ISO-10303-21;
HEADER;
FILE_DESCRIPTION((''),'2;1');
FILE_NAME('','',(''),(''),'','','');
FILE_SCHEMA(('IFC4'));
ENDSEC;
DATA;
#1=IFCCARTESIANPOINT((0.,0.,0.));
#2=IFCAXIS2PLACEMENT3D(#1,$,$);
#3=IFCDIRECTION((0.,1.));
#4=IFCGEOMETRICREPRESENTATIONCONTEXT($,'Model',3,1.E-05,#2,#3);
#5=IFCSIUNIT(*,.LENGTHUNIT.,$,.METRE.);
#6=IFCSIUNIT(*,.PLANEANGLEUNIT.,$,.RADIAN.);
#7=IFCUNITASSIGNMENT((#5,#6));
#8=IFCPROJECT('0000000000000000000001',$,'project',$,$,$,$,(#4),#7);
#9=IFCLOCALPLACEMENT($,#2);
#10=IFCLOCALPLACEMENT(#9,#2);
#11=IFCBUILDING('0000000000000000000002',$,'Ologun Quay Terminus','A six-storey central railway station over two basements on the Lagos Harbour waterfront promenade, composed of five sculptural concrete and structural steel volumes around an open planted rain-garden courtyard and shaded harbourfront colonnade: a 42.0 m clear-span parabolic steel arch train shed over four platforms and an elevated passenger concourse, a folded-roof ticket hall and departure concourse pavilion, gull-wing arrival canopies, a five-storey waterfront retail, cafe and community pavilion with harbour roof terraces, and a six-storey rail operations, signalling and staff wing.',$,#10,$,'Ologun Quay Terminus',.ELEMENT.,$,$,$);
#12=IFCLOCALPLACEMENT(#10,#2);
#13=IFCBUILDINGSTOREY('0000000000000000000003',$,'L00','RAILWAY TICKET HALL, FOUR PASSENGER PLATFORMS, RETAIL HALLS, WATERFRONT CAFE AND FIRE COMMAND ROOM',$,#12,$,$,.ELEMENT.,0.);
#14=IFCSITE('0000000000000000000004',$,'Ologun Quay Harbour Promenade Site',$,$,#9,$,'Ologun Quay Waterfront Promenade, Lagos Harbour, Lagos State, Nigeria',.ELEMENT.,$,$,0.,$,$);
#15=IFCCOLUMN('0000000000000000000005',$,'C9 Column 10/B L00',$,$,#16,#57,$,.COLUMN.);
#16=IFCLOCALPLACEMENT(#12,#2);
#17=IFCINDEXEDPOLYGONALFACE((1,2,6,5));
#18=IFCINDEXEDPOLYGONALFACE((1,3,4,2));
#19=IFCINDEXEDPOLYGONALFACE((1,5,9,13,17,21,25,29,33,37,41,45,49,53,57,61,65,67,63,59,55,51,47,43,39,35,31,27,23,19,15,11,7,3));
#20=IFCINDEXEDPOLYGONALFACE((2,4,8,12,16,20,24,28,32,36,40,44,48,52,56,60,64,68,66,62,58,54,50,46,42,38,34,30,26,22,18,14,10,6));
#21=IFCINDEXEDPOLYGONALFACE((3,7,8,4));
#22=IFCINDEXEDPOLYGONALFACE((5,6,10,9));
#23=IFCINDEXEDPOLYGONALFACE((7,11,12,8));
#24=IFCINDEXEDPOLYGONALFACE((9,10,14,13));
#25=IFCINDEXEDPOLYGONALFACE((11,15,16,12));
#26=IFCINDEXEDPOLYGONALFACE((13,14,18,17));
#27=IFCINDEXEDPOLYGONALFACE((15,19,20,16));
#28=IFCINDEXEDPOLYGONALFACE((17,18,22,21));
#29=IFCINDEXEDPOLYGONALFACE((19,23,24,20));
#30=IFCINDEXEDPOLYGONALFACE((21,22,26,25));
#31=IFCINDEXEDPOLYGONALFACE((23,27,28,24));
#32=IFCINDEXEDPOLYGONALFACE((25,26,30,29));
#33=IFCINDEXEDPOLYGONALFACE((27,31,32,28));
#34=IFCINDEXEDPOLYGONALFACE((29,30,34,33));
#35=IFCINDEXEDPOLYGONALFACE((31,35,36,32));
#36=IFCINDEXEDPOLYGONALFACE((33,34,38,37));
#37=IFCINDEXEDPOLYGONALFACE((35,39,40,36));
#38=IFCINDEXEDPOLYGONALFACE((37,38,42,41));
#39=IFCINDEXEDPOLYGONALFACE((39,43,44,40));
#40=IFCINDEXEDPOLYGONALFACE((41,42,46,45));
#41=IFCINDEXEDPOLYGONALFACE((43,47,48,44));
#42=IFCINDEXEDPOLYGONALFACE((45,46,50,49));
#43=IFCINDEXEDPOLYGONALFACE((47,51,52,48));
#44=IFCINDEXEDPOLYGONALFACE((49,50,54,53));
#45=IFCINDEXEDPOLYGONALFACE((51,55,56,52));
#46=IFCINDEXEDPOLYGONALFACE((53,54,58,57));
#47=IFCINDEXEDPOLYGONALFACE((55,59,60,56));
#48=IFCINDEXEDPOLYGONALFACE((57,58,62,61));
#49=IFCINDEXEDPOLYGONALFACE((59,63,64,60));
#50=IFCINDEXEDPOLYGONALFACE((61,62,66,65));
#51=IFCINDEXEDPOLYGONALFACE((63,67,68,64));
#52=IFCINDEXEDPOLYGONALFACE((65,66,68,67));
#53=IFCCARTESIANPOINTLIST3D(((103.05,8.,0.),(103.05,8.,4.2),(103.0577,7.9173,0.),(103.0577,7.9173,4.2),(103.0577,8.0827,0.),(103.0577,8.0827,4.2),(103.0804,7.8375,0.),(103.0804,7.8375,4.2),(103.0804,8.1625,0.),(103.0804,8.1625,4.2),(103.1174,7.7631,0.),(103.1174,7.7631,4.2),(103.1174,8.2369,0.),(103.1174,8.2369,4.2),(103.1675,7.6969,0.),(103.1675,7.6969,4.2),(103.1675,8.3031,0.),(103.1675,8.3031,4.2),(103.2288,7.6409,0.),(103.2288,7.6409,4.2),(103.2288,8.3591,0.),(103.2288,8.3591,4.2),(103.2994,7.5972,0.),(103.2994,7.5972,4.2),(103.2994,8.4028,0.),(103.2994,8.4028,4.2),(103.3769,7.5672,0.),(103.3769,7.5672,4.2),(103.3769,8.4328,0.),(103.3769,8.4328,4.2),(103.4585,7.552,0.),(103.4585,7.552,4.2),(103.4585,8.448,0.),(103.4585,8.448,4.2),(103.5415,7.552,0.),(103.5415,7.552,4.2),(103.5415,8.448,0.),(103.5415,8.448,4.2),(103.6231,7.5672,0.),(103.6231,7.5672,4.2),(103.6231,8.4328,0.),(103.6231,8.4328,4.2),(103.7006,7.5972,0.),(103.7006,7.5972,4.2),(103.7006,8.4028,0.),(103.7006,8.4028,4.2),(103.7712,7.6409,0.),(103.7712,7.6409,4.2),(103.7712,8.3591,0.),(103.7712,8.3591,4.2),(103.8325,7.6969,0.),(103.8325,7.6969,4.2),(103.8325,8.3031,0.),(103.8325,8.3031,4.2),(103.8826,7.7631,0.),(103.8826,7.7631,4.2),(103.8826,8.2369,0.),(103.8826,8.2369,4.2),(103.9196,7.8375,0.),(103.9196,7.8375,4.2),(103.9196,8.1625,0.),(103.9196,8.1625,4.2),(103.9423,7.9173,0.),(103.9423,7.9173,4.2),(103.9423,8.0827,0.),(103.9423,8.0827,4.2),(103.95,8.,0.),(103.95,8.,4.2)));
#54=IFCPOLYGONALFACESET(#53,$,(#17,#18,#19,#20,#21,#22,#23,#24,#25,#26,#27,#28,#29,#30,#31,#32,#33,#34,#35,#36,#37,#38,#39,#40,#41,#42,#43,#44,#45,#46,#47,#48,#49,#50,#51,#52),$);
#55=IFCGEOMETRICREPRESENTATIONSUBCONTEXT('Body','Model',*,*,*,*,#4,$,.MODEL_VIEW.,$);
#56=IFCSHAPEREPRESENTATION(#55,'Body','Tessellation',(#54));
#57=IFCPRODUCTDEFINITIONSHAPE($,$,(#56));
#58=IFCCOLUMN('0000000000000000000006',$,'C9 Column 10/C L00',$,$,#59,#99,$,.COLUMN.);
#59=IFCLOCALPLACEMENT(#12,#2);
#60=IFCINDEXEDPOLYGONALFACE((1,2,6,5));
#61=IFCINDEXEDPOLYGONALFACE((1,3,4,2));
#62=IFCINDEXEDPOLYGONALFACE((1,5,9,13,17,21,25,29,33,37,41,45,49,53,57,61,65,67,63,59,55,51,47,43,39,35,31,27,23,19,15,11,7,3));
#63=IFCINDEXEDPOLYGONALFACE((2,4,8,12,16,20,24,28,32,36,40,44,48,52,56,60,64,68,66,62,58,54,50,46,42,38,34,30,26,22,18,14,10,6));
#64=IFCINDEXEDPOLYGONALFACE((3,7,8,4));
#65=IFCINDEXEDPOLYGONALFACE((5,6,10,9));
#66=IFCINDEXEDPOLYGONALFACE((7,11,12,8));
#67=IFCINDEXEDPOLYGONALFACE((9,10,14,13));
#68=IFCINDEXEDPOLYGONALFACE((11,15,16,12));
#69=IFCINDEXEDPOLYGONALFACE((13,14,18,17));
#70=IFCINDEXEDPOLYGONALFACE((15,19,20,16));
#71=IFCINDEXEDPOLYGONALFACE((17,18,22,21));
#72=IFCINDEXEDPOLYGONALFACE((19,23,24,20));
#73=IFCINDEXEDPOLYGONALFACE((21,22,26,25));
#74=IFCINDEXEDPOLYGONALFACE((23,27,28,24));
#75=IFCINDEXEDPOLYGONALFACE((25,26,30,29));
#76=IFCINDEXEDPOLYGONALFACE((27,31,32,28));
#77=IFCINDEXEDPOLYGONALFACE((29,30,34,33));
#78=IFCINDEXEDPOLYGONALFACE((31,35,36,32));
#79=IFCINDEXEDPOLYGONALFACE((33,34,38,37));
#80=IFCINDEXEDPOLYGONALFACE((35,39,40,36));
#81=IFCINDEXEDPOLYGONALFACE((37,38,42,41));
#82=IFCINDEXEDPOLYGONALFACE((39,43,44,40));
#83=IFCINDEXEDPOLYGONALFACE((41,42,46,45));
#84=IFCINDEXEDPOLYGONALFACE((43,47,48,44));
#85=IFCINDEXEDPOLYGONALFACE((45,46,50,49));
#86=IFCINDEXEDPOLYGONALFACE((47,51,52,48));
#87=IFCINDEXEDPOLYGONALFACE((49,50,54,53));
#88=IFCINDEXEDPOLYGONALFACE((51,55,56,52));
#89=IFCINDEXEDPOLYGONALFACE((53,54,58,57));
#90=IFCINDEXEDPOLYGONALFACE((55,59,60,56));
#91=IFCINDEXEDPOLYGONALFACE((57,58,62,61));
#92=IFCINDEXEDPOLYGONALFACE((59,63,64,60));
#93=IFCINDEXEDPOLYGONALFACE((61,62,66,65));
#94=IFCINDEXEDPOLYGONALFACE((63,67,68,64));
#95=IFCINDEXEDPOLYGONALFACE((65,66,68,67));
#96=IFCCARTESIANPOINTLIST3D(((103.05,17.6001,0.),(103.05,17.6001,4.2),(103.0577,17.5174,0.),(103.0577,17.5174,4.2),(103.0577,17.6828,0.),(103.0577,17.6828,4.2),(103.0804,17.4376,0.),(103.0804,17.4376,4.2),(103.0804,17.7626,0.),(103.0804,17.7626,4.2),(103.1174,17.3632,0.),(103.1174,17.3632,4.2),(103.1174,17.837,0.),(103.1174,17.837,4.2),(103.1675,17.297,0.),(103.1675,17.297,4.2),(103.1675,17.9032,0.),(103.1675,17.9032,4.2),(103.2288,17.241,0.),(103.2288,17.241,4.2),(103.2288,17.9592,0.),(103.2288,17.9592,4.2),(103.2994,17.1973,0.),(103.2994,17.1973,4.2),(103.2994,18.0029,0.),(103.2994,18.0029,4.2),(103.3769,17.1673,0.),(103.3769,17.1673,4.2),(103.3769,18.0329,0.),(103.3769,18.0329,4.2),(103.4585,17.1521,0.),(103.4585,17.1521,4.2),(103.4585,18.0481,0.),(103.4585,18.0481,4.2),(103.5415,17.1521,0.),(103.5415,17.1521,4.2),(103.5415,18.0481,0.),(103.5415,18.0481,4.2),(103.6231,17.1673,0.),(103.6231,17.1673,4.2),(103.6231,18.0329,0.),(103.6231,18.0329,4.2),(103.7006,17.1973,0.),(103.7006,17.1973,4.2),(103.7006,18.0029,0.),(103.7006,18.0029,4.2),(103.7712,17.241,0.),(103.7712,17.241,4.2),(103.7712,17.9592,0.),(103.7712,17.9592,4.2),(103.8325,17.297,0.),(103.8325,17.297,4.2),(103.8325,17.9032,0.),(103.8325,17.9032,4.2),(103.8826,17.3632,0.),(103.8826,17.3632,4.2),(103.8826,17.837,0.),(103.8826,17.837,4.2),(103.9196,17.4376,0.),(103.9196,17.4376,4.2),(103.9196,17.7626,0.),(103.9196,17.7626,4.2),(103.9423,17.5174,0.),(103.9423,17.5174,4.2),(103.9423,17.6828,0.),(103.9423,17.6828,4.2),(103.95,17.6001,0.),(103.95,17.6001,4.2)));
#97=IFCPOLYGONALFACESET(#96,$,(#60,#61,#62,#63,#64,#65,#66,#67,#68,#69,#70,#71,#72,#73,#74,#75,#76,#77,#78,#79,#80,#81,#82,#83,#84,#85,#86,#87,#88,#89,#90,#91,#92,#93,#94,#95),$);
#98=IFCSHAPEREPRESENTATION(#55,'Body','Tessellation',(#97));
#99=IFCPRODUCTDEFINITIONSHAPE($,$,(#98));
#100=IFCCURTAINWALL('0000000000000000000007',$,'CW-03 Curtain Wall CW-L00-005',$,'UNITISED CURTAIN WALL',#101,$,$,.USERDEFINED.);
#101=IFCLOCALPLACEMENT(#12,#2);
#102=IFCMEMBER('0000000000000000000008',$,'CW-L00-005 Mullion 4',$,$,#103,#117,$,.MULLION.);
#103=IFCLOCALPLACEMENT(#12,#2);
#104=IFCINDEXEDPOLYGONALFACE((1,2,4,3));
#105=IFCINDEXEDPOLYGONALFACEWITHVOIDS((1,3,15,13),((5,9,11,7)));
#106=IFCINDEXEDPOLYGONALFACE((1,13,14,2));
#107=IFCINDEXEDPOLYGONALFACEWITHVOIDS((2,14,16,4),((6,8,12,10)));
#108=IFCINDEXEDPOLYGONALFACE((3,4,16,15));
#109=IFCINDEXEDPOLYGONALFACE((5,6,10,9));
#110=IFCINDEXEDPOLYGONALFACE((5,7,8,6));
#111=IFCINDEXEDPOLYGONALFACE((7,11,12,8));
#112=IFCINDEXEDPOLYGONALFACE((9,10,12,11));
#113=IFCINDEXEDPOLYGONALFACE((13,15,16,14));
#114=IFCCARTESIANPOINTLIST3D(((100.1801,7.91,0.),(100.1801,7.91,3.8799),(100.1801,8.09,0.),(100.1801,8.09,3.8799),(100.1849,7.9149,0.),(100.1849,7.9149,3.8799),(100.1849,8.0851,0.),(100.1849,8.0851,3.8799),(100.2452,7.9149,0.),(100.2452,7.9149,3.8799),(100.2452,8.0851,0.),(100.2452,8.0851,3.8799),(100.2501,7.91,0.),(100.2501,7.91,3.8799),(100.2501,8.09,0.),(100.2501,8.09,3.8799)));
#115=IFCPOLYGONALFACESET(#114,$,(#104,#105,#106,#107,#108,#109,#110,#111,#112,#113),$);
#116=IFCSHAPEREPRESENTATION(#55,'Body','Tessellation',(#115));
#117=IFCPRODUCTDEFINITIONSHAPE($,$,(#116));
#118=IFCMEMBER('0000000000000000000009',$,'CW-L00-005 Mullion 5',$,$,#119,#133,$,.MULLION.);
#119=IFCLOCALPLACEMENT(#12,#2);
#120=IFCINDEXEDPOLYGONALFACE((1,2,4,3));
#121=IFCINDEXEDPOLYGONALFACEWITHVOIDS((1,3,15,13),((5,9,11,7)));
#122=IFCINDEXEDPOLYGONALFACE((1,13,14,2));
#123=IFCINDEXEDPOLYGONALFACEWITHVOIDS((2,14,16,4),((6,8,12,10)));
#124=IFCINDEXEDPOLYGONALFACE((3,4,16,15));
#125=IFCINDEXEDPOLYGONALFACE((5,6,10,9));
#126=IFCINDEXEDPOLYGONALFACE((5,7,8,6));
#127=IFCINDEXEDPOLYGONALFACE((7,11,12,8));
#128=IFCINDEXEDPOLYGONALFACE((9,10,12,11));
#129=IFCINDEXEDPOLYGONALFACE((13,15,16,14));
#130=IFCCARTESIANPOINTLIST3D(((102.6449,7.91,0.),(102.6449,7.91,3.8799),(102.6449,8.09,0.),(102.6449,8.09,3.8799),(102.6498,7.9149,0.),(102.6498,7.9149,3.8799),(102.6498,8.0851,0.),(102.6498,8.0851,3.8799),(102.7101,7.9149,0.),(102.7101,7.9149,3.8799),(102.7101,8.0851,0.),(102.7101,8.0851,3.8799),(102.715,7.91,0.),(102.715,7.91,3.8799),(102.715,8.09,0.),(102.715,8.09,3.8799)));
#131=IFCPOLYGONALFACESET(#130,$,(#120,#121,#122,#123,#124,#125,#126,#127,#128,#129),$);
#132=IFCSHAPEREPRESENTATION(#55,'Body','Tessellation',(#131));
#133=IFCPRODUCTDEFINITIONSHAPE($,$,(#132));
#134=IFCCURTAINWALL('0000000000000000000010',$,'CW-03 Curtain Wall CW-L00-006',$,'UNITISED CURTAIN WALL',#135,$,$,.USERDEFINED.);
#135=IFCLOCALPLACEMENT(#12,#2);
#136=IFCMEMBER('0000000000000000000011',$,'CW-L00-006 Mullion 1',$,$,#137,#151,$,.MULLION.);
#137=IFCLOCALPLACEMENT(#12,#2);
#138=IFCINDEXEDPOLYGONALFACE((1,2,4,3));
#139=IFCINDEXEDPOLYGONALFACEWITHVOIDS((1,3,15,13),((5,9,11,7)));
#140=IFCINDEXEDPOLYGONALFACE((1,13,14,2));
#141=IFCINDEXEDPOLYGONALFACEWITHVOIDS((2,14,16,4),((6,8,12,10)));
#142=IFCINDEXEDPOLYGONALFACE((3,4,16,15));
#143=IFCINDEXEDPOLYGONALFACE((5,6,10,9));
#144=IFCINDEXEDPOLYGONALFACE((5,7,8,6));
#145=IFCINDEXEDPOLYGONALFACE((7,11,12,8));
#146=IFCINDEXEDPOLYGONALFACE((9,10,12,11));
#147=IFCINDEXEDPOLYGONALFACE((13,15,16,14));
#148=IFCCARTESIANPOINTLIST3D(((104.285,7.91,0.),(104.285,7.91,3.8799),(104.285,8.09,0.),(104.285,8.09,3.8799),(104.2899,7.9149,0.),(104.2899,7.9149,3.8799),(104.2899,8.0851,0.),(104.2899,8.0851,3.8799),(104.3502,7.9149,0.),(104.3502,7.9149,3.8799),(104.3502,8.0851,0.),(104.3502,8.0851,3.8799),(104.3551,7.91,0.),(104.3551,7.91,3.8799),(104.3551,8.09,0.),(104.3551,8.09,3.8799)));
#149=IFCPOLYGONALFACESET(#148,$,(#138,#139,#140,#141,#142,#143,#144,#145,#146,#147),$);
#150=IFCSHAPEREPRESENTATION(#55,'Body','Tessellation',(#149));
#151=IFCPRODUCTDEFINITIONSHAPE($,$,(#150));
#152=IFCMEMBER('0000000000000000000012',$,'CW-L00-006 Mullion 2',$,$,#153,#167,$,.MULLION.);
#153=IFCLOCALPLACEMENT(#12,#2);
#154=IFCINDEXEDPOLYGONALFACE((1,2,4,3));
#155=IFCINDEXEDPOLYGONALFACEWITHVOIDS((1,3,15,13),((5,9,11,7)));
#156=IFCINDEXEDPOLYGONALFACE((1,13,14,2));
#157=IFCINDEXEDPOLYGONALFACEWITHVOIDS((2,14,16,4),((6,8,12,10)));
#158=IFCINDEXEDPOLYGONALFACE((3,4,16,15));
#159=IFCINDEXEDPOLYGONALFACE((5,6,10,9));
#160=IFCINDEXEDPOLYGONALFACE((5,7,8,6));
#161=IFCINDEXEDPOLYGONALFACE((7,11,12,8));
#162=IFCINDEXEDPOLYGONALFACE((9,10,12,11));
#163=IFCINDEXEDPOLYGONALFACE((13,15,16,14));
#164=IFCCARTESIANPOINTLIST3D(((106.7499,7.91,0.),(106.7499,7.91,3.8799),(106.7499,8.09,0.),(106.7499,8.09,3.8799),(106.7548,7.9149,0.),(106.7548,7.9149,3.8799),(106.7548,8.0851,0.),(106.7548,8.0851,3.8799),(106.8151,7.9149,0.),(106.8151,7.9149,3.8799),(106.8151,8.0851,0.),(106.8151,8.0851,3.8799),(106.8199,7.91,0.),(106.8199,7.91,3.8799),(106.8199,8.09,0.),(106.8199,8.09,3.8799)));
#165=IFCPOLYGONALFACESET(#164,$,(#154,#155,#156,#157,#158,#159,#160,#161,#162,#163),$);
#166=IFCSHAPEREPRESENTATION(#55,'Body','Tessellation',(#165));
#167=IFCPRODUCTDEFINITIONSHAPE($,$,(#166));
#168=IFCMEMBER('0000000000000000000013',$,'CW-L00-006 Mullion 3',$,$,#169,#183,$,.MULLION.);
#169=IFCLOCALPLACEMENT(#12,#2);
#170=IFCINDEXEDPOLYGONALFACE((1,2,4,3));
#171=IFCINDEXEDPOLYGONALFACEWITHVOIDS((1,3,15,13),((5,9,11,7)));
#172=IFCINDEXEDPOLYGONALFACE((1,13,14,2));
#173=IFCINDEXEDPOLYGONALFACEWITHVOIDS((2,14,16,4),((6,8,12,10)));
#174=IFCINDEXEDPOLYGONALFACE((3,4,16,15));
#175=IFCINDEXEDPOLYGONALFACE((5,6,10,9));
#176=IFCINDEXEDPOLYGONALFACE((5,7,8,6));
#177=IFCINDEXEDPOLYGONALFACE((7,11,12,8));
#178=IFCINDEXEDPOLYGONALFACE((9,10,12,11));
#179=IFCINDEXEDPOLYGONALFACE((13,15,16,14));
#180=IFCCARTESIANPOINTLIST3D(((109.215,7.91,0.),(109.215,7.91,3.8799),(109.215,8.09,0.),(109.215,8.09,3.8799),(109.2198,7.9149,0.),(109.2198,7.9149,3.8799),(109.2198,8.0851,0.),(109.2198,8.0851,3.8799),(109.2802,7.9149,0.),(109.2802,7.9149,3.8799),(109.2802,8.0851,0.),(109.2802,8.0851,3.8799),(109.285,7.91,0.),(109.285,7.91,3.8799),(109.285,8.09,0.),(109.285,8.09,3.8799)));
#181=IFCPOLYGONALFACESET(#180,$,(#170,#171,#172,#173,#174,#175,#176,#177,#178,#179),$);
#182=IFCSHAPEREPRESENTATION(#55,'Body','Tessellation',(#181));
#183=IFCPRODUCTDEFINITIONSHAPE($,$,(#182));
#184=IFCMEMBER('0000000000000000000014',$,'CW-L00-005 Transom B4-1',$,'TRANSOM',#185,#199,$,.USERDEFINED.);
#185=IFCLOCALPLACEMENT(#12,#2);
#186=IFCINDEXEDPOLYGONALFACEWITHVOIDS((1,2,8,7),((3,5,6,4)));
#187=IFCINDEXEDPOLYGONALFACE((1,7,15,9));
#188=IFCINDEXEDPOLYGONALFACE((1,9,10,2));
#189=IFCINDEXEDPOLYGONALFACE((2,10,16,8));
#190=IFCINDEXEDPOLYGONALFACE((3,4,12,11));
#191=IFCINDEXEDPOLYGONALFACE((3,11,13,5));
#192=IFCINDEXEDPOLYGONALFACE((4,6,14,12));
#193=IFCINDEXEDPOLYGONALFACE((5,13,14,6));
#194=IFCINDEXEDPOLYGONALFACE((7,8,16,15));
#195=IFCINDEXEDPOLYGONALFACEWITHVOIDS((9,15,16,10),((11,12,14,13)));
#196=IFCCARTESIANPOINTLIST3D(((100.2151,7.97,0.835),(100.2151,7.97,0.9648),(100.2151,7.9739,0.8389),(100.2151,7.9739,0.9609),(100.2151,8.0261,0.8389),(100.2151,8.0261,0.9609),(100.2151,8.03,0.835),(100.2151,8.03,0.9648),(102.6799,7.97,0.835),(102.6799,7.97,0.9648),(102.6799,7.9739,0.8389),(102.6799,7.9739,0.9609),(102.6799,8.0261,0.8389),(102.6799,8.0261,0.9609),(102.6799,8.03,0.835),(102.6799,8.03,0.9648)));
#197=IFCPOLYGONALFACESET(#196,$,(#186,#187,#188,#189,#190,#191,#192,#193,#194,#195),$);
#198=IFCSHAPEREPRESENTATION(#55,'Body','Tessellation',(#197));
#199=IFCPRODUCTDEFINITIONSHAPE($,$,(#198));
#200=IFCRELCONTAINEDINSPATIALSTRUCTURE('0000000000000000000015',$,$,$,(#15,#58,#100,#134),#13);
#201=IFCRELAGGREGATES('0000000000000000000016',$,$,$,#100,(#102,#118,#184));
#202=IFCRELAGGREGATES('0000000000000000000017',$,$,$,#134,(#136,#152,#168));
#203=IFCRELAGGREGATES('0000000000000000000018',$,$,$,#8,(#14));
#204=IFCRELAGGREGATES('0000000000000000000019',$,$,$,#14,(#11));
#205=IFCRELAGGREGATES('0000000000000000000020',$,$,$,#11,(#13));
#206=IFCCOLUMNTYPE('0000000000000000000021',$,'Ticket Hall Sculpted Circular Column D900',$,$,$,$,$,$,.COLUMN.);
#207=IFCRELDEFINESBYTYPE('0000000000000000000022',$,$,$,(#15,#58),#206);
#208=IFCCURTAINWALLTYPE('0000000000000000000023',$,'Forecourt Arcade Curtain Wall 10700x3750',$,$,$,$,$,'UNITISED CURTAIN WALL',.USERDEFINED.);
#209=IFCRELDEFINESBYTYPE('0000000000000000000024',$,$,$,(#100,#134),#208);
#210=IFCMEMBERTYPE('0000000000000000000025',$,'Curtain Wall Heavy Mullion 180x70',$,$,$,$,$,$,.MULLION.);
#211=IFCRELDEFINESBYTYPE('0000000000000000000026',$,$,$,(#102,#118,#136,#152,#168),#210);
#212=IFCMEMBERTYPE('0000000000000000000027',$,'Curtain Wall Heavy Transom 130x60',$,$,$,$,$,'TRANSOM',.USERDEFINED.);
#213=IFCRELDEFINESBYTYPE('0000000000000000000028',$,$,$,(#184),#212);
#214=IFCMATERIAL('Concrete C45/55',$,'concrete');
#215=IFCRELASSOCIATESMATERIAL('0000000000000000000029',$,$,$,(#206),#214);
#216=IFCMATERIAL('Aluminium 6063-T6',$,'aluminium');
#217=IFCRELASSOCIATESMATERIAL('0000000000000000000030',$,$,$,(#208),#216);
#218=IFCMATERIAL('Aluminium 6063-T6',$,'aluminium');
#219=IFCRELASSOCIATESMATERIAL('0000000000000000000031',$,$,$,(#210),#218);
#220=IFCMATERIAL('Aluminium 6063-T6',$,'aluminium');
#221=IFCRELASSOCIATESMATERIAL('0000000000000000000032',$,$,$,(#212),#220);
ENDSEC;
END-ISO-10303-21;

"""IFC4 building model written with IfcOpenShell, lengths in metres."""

from ifc_helpers import new_model, si_unit, direction, frame, origin, origin_2d, place, context, subcontext, project, spatial, hollow_rectangle, circle, extrude, material, material_profile, profile_set, type_object, element, aggregate, save


model = new_model("IFC4")

# Units and contexts
model_context = context("Model", 3, precision=1e-05, world=origin(), true_north=direction((0.0, 1.0)))
body_context = subcontext(model_context, "Body", "Model", "MODEL_VIEW")
ifc_project = project(units=[si_unit("LENGTHUNIT", "METRE"), si_unit("PLANEANGLEUNIT", "RADIAN")], contexts=[model_context])

# Site, building, storey
site_placement = place(None, origin())
site = spatial("IfcSite", under=ifc_project, at=site_placement, Name="Ologun Quay Harbour Promenade Site", LongName="Ologun Quay Waterfront Promenade, Lagos Harbour, Lagos State, Nigeria", CompositionType="ELEMENT", RefElevation=0.0)
building_placement = place(site_placement, origin())
building = spatial("IfcBuilding", under=site, at=building_placement, Name="Ologun Quay Terminus", Description="A six-storey central railway station over two basements on the Lagos Harbour waterfront promenade, composed of five sculptural concrete and structural steel volumes around an open planted rain-garden courtyard and shaded harbourfront colonnade: a 42.0 m clear-span parabolic steel arch train shed over four platforms and an elevated passenger concourse, a folded-roof ticket hall and departure concourse pavilion, gull-wing arrival canopies, a five-storey waterfront retail, cafe and community pavilion with harbour roof terraces, and a six-storey rail operations, signalling and staff wing.", LongName="Ologun Quay Terminus", CompositionType="ELEMENT")
storey_placement = place(building_placement, origin())
storey = spatial("IfcBuildingStorey", under=building, at=storey_placement, Name="L00", Description="RAILWAY TICKET HALL, FOUR PASSENGER PLATFORMS, RETAIL HALLS, WATERFRONT CAFE AND FIRE COMMAND ROOM", CompositionType="ELEMENT", Elevation=0.0)

# Columns
ifc_material_1 = material(Name="Concrete C45/55", Category="concrete")
ifc_material_profile_1 = material_profile(ifc_material_1, circle(Radius=0.45, at=origin_2d()), Name="RC D900")
ifc_profile_set_1 = profile_set([ifc_material_profile_1], Name="Concrete C45/55")
column_type = type_object("IfcColumnType", Name="Ticket Hall Sculpted Circular Column D900", PredefinedType="COLUMN", material=ifc_profile_set_1)
for number, where, z_axis, x_axis, name in (
    (1, (103.5, 8.0, 0.0), (0.0, 0.0, 1.0), (1.0, 0.0, 0.0), "C9 Column 10/B L00"),
    (2, (103.5, 17.6001, 0.0), (0.0, 0.0, 1.0), (1.0, 0.0, 0.0), "C9 Column 10/C L00"),
):
    element("IfcColumn", number, at=place(storey_placement, frame(where, z_axis=z_axis, x_axis=x_axis)), inside=storey, type_object=column_type, Name=name, PredefinedType="COLUMN", context=body_context, shape_type="SweptSolid", body=[
        extrude(circle(Radius=0.45, at=origin_2d()), origin(), (0.0, 0.0, 1.0), 4.2),
    ])

# Curtain walls, members
ifc_material_2 = material(Name="Aluminium 6063-T6", Category="aluminium")
curtain_wall_type = type_object("IfcCurtainWallType", Name="Forecourt Arcade Curtain Wall 10700x3750", ElementType="UNITISED CURTAIN WALL", PredefinedType="USERDEFINED", material=ifc_material_2)
curtain_wall_1_placement = place(storey_placement, origin())
curtain_wall_1 = element("IfcCurtainWall", 3, at=curtain_wall_1_placement, inside=storey, type_object=curtain_wall_type, Name="CW-03 Curtain Wall CW-L00-005", ObjectType="UNITISED CURTAIN WALL", PredefinedType="USERDEFINED")
ifc_material_3 = material(Name="Aluminium 6063-T6", Category="aluminium")
ifc_material_profile_2 = material_profile(ifc_material_3, hollow_rectangle(XDim=0.0701, YDim=0.1799, WallThickness=0.0049, at=origin_2d()), Name="ALU 180x70x5")
ifc_profile_set_2 = profile_set([ifc_material_profile_2], Name="Aluminium 6063-T6")
member_type_1 = type_object("IfcMemberType", Name="Curtain Wall Heavy Mullion 180x70", PredefinedType="MULLION", material=ifc_profile_set_2)
member_1_placement = place(storey_placement, frame((100.2151, 8.0, 0.0), z_axis=(0.0, 0.0, 1.0), x_axis=(1.0, 0.0, 0.0)))
member_1 = element("IfcMember", 4, at=member_1_placement, type_object=member_type_1, Name="CW-L00-005 Mullion 4", PredefinedType="MULLION", context=body_context, shape_type="SweptSolid", body=[
    extrude(hollow_rectangle(XDim=0.0701, YDim=0.1799, WallThickness=0.0049, at=origin_2d()), origin(), (0.0, 0.0, 1.0), 3.8799),
])
member_2_placement = place(storey_placement, frame((102.6799, 8.0, 0.0), z_axis=(0.0, 0.0, 1.0), x_axis=(1.0, 0.0, 0.0)))
member_2 = element("IfcMember", 5, at=member_2_placement, type_object=member_type_1, Name="CW-L00-005 Mullion 5", PredefinedType="MULLION", context=body_context, shape_type="SweptSolid", body=[
    extrude(hollow_rectangle(XDim=0.0701, YDim=0.1799, WallThickness=0.0049, at=origin_2d()), origin(), (0.0, 0.0, 1.0), 3.8799),
])
curtain_wall_2_placement = place(storey_placement, origin())
curtain_wall_2 = element("IfcCurtainWall", 6, at=curtain_wall_2_placement, inside=storey, type_object=curtain_wall_type, Name="CW-03 Curtain Wall CW-L00-006", ObjectType="UNITISED CURTAIN WALL", PredefinedType="USERDEFINED")
member_3_placement = place(storey_placement, frame((104.3201, 8.0, 0.0), z_axis=(0.0, 0.0, 1.0), x_axis=(1.0, 0.0, 0.0)))
member_3 = element("IfcMember", 7, at=member_3_placement, type_object=member_type_1, Name="CW-L00-006 Mullion 1", PredefinedType="MULLION", context=body_context, shape_type="SweptSolid", body=[
    extrude(hollow_rectangle(XDim=0.0701, YDim=0.1799, WallThickness=0.0049, at=origin_2d()), origin(), (0.0, 0.0, 1.0), 3.8799),
])
member_4_placement = place(storey_placement, frame((106.7849, 8.0, 0.0), z_axis=(0.0, 0.0, 1.0), x_axis=(1.0, 0.0, 0.0)))
member_4 = element("IfcMember", 8, at=member_4_placement, type_object=member_type_1, Name="CW-L00-006 Mullion 2", PredefinedType="MULLION", context=body_context, shape_type="SweptSolid", body=[
    extrude(hollow_rectangle(XDim=0.0701, YDim=0.1799, WallThickness=0.0049, at=origin_2d()), origin(), (0.0, 0.0, 1.0), 3.8799),
])
member_5_placement = place(storey_placement, frame((109.25, 8.0, 0.0), z_axis=(0.0, 0.0, 1.0), x_axis=(1.0, 0.0, 0.0)))
member_5 = element("IfcMember", 9, at=member_5_placement, type_object=member_type_1, Name="CW-L00-006 Mullion 3", PredefinedType="MULLION", context=body_context, shape_type="SweptSolid", body=[
    extrude(hollow_rectangle(XDim=0.0701, YDim=0.1799, WallThickness=0.0049, at=origin_2d()), origin(), (0.0, 0.0, 1.0), 3.8799),
])

# Member
ifc_material_4 = material(Name="Aluminium 6063-T6", Category="aluminium")
ifc_material_profile_3 = material_profile(ifc_material_4, hollow_rectangle(XDim=0.0601, YDim=0.1299, WallThickness=0.0039, at=origin_2d()), Name="ALU 130x60x4")
ifc_profile_set_3 = profile_set([ifc_material_profile_3], Name="Aluminium 6063-T6")
member_type_2 = type_object("IfcMemberType", Name="Curtain Wall Heavy Transom 130x60", ElementType="TRANSOM", PredefinedType="USERDEFINED", material=ifc_profile_set_3)
member_6_placement = place(storey_placement, frame((100.2151, 8.0, 0.8999), z_axis=(1.0, 0.0, 0.0), x_axis=(0.0, 1.0, 0.0)))
member_6 = element("IfcMember", 10, at=member_6_placement, type_object=member_type_2, Name="CW-L00-005 Transom B4-1", ObjectType="TRANSOM", PredefinedType="USERDEFINED", context=body_context, shape_type="SweptSolid", body=[
    extrude(hollow_rectangle(XDim=0.0601, YDim=0.1299, WallThickness=0.0039, at=origin_2d()), origin(), (0.0, 0.0, 1.0), 2.4648),
])

aggregate(curtain_wall_1, [member_1, member_2, member_6])
aggregate(curtain_wall_2, [member_3, member_4, member_5])

save(model, "model.ifc")
